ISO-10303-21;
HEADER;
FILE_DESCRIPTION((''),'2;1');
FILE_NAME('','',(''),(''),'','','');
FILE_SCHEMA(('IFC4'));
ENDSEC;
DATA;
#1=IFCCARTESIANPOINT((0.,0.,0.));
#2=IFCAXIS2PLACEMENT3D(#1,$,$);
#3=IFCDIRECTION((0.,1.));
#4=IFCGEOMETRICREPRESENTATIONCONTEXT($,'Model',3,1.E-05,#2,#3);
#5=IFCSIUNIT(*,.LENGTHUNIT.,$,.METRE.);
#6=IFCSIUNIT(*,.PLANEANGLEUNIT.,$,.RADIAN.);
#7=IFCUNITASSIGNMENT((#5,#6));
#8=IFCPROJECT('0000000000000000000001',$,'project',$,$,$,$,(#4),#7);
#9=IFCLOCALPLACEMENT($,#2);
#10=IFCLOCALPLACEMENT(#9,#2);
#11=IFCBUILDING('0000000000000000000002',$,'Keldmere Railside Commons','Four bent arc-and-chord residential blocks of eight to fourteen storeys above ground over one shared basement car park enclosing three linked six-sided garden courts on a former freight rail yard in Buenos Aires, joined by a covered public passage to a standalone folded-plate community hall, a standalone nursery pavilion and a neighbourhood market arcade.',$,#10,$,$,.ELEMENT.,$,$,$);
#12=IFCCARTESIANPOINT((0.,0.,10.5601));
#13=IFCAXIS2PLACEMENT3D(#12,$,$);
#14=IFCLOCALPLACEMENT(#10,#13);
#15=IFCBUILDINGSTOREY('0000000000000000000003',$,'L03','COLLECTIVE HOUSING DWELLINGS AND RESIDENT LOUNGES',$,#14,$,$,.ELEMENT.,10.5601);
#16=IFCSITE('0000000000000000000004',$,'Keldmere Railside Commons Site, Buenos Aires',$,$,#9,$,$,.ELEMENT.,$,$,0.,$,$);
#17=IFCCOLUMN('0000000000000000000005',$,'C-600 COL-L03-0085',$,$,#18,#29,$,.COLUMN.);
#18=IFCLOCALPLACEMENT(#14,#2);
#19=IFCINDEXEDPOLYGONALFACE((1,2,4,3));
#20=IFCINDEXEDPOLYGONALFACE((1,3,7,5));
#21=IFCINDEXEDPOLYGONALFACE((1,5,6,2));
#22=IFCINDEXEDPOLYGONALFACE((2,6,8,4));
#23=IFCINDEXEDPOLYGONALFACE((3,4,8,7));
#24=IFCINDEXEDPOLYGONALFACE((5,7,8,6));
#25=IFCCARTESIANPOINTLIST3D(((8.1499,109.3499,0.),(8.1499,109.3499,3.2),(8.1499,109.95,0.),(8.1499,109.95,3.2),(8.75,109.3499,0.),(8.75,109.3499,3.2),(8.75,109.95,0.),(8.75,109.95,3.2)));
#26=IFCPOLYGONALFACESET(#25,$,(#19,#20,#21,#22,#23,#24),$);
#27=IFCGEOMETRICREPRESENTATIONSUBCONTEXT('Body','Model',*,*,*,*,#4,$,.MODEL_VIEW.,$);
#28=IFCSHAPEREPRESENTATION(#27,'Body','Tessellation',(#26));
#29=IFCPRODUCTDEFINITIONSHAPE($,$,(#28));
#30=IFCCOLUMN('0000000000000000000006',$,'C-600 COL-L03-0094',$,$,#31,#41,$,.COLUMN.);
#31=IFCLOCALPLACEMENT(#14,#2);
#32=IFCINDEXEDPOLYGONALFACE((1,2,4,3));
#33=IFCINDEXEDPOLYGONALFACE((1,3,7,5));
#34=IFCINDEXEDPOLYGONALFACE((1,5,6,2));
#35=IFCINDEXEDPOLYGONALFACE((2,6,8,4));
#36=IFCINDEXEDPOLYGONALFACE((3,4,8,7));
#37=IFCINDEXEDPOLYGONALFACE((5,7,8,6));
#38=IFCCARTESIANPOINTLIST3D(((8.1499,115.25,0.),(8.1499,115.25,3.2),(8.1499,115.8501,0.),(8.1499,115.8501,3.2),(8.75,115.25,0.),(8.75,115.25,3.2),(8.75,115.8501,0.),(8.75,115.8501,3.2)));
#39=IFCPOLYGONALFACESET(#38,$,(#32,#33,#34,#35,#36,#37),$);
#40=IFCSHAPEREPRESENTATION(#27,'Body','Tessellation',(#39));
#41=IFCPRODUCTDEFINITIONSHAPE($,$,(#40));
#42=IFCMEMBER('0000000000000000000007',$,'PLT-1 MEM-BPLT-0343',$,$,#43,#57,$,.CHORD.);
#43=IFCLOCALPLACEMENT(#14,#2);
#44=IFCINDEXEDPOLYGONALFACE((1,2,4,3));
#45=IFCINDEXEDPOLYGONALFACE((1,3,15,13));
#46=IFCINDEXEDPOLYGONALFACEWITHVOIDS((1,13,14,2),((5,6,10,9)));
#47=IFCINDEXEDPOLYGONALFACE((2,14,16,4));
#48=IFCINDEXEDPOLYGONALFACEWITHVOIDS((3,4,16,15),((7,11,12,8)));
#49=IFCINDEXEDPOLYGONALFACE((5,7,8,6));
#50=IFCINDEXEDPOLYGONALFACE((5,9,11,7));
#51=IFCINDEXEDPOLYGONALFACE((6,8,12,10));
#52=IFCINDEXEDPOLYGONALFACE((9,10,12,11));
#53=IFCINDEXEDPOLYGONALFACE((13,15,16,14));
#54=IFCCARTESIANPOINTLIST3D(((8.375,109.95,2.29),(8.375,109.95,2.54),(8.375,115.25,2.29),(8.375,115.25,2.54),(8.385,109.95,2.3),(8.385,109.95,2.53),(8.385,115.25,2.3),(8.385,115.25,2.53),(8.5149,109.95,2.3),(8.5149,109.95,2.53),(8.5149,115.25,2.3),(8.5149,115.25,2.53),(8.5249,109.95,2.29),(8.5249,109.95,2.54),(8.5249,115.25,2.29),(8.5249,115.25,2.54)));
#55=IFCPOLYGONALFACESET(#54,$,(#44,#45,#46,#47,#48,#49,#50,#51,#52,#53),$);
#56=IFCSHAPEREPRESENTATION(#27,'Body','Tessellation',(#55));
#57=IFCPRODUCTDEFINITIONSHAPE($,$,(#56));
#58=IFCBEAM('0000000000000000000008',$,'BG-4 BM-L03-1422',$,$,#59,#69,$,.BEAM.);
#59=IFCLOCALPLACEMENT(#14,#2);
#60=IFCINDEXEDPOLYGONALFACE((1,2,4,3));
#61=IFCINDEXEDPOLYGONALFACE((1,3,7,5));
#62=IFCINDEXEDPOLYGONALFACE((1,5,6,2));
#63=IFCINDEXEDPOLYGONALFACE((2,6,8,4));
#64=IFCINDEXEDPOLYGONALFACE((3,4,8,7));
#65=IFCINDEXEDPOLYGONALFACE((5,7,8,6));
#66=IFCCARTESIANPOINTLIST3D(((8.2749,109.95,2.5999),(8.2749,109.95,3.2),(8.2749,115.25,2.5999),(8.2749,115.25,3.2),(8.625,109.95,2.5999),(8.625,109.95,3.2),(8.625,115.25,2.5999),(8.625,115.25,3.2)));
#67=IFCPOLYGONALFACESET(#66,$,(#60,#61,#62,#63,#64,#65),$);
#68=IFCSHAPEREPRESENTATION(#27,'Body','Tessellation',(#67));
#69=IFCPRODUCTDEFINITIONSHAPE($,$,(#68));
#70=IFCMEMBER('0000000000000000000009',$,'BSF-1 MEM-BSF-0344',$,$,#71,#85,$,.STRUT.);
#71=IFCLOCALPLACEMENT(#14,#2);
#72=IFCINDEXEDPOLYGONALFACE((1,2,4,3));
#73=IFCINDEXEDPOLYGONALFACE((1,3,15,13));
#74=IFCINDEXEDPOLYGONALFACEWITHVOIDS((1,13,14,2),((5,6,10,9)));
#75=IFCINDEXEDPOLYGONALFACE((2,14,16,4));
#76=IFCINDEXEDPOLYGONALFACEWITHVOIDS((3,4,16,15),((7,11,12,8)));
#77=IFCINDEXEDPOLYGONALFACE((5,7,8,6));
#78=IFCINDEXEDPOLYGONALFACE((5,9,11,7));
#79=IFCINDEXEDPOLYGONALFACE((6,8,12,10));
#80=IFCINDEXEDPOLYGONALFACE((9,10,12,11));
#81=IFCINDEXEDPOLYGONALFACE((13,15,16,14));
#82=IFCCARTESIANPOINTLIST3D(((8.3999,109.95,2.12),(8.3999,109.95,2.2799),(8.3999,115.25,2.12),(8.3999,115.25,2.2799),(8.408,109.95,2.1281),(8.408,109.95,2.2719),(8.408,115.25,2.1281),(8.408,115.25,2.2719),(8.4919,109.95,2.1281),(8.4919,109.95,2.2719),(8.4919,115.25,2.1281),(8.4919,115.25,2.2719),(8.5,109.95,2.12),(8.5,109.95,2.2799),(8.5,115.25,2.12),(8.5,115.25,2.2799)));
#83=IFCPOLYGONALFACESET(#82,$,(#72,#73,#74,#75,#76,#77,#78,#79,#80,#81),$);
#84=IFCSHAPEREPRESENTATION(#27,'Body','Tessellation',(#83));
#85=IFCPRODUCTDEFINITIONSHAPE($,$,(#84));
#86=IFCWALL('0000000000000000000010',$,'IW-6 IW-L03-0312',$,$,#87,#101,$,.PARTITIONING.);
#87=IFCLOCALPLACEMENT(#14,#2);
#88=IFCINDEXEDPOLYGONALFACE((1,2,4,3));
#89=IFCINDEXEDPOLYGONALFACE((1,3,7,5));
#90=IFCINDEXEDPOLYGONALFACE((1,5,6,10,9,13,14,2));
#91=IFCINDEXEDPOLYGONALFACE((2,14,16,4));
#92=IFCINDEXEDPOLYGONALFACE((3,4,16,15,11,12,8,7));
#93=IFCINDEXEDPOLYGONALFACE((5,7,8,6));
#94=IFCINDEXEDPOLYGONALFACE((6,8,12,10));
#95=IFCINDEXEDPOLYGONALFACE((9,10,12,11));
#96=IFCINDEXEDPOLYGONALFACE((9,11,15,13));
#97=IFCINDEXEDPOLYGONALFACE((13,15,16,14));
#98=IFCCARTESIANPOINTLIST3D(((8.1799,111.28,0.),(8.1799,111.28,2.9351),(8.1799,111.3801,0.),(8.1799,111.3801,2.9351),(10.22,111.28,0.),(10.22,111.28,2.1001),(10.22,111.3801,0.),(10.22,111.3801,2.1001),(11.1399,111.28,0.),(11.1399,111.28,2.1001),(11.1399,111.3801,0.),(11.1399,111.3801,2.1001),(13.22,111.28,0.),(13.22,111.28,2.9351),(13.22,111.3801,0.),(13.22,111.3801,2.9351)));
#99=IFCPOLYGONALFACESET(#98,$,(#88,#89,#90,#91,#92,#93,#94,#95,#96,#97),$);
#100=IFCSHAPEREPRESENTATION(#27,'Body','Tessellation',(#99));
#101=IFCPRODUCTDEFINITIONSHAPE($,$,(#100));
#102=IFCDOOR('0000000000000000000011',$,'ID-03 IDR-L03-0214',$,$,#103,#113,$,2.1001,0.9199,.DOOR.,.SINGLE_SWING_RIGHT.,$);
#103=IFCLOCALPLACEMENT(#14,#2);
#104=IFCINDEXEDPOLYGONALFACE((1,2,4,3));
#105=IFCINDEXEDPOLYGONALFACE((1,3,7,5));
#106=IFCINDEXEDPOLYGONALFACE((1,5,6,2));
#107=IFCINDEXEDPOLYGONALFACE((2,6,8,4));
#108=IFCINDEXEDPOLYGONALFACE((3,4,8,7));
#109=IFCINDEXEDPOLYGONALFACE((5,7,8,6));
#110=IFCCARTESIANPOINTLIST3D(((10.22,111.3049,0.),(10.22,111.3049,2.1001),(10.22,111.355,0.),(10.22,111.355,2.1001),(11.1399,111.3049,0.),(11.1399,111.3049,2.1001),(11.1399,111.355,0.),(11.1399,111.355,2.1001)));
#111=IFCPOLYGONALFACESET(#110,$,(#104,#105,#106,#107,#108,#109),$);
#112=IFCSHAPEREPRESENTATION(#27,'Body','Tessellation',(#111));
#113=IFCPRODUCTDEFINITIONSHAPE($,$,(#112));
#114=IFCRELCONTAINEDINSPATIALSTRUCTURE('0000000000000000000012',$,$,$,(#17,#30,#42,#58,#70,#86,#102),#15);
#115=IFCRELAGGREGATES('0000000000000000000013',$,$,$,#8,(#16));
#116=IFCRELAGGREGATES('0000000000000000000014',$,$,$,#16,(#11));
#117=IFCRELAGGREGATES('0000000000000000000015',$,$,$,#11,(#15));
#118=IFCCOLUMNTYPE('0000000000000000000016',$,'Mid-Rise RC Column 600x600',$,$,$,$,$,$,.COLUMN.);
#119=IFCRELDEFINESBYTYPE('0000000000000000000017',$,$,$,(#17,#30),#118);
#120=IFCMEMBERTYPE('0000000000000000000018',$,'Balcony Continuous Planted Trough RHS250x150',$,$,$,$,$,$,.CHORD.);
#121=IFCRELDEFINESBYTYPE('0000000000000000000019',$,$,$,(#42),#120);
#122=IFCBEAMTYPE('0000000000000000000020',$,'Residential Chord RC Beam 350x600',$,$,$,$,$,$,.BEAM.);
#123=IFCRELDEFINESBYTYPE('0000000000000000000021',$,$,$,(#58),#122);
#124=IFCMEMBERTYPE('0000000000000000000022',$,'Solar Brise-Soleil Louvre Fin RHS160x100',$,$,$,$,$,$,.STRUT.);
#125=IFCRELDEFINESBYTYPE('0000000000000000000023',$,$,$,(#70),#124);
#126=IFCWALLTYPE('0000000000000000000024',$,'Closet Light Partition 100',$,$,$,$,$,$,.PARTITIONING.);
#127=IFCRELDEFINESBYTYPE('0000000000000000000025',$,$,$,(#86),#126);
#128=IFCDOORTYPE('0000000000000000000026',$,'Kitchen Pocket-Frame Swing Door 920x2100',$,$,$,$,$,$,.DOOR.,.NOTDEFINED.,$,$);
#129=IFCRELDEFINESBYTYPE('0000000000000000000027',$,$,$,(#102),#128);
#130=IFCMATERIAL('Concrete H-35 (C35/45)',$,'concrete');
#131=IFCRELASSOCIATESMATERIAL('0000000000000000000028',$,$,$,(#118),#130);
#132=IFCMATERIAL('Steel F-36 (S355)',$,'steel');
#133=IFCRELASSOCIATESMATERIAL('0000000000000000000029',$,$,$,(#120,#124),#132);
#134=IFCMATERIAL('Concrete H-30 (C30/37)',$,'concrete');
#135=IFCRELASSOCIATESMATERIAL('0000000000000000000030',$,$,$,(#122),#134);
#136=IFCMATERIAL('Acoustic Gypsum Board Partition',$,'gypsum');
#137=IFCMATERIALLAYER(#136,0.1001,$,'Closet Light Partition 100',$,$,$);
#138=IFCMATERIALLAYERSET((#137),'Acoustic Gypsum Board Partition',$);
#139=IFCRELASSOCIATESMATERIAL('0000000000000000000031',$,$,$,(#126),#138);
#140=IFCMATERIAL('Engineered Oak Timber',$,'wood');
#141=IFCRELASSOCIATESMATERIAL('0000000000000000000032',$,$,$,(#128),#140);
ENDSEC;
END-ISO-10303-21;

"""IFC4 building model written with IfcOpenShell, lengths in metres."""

from ifc_helpers import new_model, si_unit, direction, frame, frame_2d, origin, origin_2d, place, context, subcontext, project, spatial, rectangle, hollow_rectangle, extrude, material, layer, layer_set, material_profile, profile_set, type_object, element, fill, save


model = new_model("IFC4")

# Units and contexts
model_context = context("Model", 3, precision=1e-05, world=origin(), true_north=direction((0.0, 1.0)))
body_context = subcontext(model_context, "Body", "Model", "MODEL_VIEW")
ifc_project = project(units=[si_unit("LENGTHUNIT", "METRE"), si_unit("PLANEANGLEUNIT", "RADIAN")], contexts=[model_context])

# Site, building, storey
site_placement = place(None, origin())
site = spatial("IfcSite", under=ifc_project, at=site_placement, Name="Keldmere Railside Commons Site, Buenos Aires", CompositionType="ELEMENT", RefElevation=0.0)
building_placement = place(site_placement, origin())
building = spatial("IfcBuilding", under=site, at=building_placement, Name="Keldmere Railside Commons", Description="Four bent arc-and-chord residential blocks of eight to fourteen storeys above ground over one shared basement car park enclosing three linked six-sided garden courts on a former freight rail yard in Buenos Aires, joined by a covered public passage to a standalone folded-plate community hall, a standalone nursery pavilion and a neighbourhood market arcade.", CompositionType="ELEMENT")
storey_placement = place(building_placement, frame((0.0, 0.0, 10.5601)))
storey = spatial("IfcBuildingStorey", under=building, at=storey_placement, Name="L03", Description="COLLECTIVE HOUSING DWELLINGS AND RESIDENT LOUNGES", CompositionType="ELEMENT", Elevation=10.5601)

# Columns
ifc_material_1 = material(Name="Concrete H-35 (C35/45)", Category="concrete")
ifc_material_profile_1 = material_profile(ifc_material_1, rectangle(XDim=0.6001, YDim=0.6001, at=origin_2d()), Name="RC-600x600")
ifc_profile_set_1 = profile_set([ifc_material_profile_1], Name="Concrete H-35 (C35/45)")
column_type = type_object("IfcColumnType", Name="Mid-Rise RC Column 600x600", PredefinedType="COLUMN", material=ifc_profile_set_1)
for number, where, z_axis, x_axis, name in (
    (1, (8.45, 109.6499, 0.0), (0.0, 0.0, 1.0), (1.0, 0.0, 0.0), "C-600 COL-L03-0085"),
    (2, (8.45, 115.55, 0.0), (0.0, 0.0, 1.0), (1.0, 0.0, 0.0), "C-600 COL-L03-0094"),
):
    element("IfcColumn", number, at=place(storey_placement, frame(where, z_axis=z_axis, x_axis=x_axis)), inside=storey, type_object=column_type, Name=name, PredefinedType="COLUMN", context=body_context, shape_type="SweptSolid", body=[
        extrude(rectangle(XDim=0.6001, YDim=0.6001, at=origin_2d()), origin(), (0.0, 0.0, 1.0), 3.2),
    ])

# Member
ifc_material_2 = material(Name="Steel F-36 (S355)", Category="steel")
ifc_material_profile_2 = material_profile(ifc_material_2, hollow_rectangle(XDim=0.1499, YDim=0.25, WallThickness=0.01, at=origin_2d()), Name="RHS-250x150x10")
ifc_profile_set_2 = profile_set([ifc_material_profile_2], Name="Steel F-36 (S355)")
member_type_1 = type_object("IfcMemberType", Name="Balcony Continuous Planted Trough RHS250x150", PredefinedType="CHORD", material=ifc_profile_set_2)
member_1_placement = place(storey_placement, frame((8.45, 109.95, 2.415), z_axis=(0.0, 1.0, 0.0), x_axis=(-1.0, 0.0, 0.0)))
element("IfcMember", 3, at=member_1_placement, inside=storey, type_object=member_type_1, Name="PLT-1 MEM-BPLT-0343", PredefinedType="CHORD", context=body_context, shape_type="SweptSolid", body=[
    extrude(hollow_rectangle(XDim=0.1499, YDim=0.25, WallThickness=0.01, at=origin_2d()), origin(), (0.0, 0.0, 1.0), 5.3),
])

# Beam
ifc_material_3 = material(Name="Concrete H-30 (C30/37)", Category="concrete")
ifc_material_profile_3 = material_profile(ifc_material_3, rectangle(XDim=0.3501, YDim=0.6001, at=origin_2d()), Name="RC-350x600")
ifc_profile_set_3 = profile_set([ifc_material_profile_3], Name="Concrete H-30 (C30/37)")
beam_type = type_object("IfcBeamType", Name="Residential Chord RC Beam 350x600", PredefinedType="BEAM", material=ifc_profile_set_3)
beam_placement = place(storey_placement, frame((8.45, 109.95, 2.8999), z_axis=(0.0, 1.0, 0.0), x_axis=(-1.0, 0.0, 0.0)))
element("IfcBeam", 4, at=beam_placement, inside=storey, type_object=beam_type, Name="BG-4 BM-L03-1422", PredefinedType="BEAM", context=body_context, shape_type="SweptSolid", body=[
    extrude(rectangle(XDim=0.3501, YDim=0.6001, at=origin_2d()), origin(), (0.0, 0.0, 1.0), 5.3),
])

# Member
ifc_material_profile_4 = material_profile(ifc_material_2, hollow_rectangle(XDim=0.1001, YDim=0.1599, WallThickness=0.0081, at=origin_2d()), Name="RHS-160x100x8")
ifc_profile_set_4 = profile_set([ifc_material_profile_4], Name="Steel F-36 (S355)")
member_type_2 = type_object("IfcMemberType", Name="Solar Brise-Soleil Louvre Fin RHS160x100", PredefinedType="STRUT", material=ifc_profile_set_4)
member_2_placement = place(storey_placement, frame((8.45, 109.95, 2.2), z_axis=(0.0, 1.0, 0.0), x_axis=(-1.0, 0.0, 0.0)))
element("IfcMember", 5, at=member_2_placement, inside=storey, type_object=member_type_2, Name="BSF-1 MEM-BSF-0344", PredefinedType="STRUT", context=body_context, shape_type="SweptSolid", body=[
    extrude(hollow_rectangle(XDim=0.1001, YDim=0.1599, WallThickness=0.0081, at=origin_2d()), origin(), (0.0, 0.0, 1.0), 5.3),
])

# Wall, opening, door
ifc_material_4 = material(Name="Acoustic Gypsum Board Partition", Category="gypsum")
ifc_layer_1 = layer(ifc_material_4, 0.1001, Name="Closet Light Partition 100")
ifc_layer_set_1 = layer_set([ifc_layer_1], Name="Acoustic Gypsum Board Partition")
wall_type_1 = type_object("IfcWallType", Name="Closet Light Partition 100", PredefinedType="PARTITIONING", material=ifc_layer_set_1)
wall_1_placement = place(storey_placement, frame((8.1799, 111.3301, 0.0), z_axis=(0.0, 0.0, 1.0), x_axis=(1.0, 0.0, 0.0)))
wall_1 = element("IfcWall", 6, at=wall_1_placement, inside=storey, type_object=wall_type_1, Name="IW-6 IW-L03-0312", PredefinedType="PARTITIONING", context=body_context, shape_type="SweptSolid", body=[
    extrude(rectangle(XDim=5.04, YDim=0.1001, at=frame_2d((2.52, 0.0))), origin(), (0.0, 0.0, 1.0), 2.9351),
])
opening_1_placement = place(wall_1_placement, frame((2.04, 0.0, 0.0)))
opening_1 = element("IfcOpeningElement", 7, at=opening_1_placement, cuts=wall_1, PredefinedType="OPENING", context=body_context, shape_type="SweptSolid", body=[
    extrude(rectangle(XDim=0.9199, YDim=2.1001, at=frame_2d((0.46, 1.05))), frame((0.0, 0.0601, 0.0), z_axis=(0.0, -1.0, 0.0), x_axis=(1.0, 0.0, 0.0)), (0.0, 0.0, 1.0), 0.1201),
])
ifc_material_5 = material(Name="Engineered Oak Timber", Category="wood")
door_type_1 = type_object("IfcDoorType", Name="Kitchen Pocket-Frame Swing Door 920x2100", OperationType="NOTDEFINED", PredefinedType="DOOR", material=ifc_material_5)
door_1_placement = place(opening_1_placement, origin())
door_1 = element("IfcDoor", 8, at=door_1_placement, inside=storey, type_object=door_type_1, Name="ID-03 IDR-L03-0214", OperationType="SINGLE_SWING_RIGHT", OverallHeight=2.1001, OverallWidth=0.9199, PredefinedType="DOOR", context=body_context, shape_type="SweptSolid", body=[
    extrude(rectangle(XDim=0.9199, YDim=2.1001, at=frame_2d((0.46, 1.05))), frame((0.0, 0.0249, 0.0), z_axis=(0.0, -1.0, 0.0), x_axis=(1.0, 0.0, 0.0)), (0.0, 0.0, 1.0), 0.05),
])
fill(opening_1, door_1)

save(model, "model.ifc")
